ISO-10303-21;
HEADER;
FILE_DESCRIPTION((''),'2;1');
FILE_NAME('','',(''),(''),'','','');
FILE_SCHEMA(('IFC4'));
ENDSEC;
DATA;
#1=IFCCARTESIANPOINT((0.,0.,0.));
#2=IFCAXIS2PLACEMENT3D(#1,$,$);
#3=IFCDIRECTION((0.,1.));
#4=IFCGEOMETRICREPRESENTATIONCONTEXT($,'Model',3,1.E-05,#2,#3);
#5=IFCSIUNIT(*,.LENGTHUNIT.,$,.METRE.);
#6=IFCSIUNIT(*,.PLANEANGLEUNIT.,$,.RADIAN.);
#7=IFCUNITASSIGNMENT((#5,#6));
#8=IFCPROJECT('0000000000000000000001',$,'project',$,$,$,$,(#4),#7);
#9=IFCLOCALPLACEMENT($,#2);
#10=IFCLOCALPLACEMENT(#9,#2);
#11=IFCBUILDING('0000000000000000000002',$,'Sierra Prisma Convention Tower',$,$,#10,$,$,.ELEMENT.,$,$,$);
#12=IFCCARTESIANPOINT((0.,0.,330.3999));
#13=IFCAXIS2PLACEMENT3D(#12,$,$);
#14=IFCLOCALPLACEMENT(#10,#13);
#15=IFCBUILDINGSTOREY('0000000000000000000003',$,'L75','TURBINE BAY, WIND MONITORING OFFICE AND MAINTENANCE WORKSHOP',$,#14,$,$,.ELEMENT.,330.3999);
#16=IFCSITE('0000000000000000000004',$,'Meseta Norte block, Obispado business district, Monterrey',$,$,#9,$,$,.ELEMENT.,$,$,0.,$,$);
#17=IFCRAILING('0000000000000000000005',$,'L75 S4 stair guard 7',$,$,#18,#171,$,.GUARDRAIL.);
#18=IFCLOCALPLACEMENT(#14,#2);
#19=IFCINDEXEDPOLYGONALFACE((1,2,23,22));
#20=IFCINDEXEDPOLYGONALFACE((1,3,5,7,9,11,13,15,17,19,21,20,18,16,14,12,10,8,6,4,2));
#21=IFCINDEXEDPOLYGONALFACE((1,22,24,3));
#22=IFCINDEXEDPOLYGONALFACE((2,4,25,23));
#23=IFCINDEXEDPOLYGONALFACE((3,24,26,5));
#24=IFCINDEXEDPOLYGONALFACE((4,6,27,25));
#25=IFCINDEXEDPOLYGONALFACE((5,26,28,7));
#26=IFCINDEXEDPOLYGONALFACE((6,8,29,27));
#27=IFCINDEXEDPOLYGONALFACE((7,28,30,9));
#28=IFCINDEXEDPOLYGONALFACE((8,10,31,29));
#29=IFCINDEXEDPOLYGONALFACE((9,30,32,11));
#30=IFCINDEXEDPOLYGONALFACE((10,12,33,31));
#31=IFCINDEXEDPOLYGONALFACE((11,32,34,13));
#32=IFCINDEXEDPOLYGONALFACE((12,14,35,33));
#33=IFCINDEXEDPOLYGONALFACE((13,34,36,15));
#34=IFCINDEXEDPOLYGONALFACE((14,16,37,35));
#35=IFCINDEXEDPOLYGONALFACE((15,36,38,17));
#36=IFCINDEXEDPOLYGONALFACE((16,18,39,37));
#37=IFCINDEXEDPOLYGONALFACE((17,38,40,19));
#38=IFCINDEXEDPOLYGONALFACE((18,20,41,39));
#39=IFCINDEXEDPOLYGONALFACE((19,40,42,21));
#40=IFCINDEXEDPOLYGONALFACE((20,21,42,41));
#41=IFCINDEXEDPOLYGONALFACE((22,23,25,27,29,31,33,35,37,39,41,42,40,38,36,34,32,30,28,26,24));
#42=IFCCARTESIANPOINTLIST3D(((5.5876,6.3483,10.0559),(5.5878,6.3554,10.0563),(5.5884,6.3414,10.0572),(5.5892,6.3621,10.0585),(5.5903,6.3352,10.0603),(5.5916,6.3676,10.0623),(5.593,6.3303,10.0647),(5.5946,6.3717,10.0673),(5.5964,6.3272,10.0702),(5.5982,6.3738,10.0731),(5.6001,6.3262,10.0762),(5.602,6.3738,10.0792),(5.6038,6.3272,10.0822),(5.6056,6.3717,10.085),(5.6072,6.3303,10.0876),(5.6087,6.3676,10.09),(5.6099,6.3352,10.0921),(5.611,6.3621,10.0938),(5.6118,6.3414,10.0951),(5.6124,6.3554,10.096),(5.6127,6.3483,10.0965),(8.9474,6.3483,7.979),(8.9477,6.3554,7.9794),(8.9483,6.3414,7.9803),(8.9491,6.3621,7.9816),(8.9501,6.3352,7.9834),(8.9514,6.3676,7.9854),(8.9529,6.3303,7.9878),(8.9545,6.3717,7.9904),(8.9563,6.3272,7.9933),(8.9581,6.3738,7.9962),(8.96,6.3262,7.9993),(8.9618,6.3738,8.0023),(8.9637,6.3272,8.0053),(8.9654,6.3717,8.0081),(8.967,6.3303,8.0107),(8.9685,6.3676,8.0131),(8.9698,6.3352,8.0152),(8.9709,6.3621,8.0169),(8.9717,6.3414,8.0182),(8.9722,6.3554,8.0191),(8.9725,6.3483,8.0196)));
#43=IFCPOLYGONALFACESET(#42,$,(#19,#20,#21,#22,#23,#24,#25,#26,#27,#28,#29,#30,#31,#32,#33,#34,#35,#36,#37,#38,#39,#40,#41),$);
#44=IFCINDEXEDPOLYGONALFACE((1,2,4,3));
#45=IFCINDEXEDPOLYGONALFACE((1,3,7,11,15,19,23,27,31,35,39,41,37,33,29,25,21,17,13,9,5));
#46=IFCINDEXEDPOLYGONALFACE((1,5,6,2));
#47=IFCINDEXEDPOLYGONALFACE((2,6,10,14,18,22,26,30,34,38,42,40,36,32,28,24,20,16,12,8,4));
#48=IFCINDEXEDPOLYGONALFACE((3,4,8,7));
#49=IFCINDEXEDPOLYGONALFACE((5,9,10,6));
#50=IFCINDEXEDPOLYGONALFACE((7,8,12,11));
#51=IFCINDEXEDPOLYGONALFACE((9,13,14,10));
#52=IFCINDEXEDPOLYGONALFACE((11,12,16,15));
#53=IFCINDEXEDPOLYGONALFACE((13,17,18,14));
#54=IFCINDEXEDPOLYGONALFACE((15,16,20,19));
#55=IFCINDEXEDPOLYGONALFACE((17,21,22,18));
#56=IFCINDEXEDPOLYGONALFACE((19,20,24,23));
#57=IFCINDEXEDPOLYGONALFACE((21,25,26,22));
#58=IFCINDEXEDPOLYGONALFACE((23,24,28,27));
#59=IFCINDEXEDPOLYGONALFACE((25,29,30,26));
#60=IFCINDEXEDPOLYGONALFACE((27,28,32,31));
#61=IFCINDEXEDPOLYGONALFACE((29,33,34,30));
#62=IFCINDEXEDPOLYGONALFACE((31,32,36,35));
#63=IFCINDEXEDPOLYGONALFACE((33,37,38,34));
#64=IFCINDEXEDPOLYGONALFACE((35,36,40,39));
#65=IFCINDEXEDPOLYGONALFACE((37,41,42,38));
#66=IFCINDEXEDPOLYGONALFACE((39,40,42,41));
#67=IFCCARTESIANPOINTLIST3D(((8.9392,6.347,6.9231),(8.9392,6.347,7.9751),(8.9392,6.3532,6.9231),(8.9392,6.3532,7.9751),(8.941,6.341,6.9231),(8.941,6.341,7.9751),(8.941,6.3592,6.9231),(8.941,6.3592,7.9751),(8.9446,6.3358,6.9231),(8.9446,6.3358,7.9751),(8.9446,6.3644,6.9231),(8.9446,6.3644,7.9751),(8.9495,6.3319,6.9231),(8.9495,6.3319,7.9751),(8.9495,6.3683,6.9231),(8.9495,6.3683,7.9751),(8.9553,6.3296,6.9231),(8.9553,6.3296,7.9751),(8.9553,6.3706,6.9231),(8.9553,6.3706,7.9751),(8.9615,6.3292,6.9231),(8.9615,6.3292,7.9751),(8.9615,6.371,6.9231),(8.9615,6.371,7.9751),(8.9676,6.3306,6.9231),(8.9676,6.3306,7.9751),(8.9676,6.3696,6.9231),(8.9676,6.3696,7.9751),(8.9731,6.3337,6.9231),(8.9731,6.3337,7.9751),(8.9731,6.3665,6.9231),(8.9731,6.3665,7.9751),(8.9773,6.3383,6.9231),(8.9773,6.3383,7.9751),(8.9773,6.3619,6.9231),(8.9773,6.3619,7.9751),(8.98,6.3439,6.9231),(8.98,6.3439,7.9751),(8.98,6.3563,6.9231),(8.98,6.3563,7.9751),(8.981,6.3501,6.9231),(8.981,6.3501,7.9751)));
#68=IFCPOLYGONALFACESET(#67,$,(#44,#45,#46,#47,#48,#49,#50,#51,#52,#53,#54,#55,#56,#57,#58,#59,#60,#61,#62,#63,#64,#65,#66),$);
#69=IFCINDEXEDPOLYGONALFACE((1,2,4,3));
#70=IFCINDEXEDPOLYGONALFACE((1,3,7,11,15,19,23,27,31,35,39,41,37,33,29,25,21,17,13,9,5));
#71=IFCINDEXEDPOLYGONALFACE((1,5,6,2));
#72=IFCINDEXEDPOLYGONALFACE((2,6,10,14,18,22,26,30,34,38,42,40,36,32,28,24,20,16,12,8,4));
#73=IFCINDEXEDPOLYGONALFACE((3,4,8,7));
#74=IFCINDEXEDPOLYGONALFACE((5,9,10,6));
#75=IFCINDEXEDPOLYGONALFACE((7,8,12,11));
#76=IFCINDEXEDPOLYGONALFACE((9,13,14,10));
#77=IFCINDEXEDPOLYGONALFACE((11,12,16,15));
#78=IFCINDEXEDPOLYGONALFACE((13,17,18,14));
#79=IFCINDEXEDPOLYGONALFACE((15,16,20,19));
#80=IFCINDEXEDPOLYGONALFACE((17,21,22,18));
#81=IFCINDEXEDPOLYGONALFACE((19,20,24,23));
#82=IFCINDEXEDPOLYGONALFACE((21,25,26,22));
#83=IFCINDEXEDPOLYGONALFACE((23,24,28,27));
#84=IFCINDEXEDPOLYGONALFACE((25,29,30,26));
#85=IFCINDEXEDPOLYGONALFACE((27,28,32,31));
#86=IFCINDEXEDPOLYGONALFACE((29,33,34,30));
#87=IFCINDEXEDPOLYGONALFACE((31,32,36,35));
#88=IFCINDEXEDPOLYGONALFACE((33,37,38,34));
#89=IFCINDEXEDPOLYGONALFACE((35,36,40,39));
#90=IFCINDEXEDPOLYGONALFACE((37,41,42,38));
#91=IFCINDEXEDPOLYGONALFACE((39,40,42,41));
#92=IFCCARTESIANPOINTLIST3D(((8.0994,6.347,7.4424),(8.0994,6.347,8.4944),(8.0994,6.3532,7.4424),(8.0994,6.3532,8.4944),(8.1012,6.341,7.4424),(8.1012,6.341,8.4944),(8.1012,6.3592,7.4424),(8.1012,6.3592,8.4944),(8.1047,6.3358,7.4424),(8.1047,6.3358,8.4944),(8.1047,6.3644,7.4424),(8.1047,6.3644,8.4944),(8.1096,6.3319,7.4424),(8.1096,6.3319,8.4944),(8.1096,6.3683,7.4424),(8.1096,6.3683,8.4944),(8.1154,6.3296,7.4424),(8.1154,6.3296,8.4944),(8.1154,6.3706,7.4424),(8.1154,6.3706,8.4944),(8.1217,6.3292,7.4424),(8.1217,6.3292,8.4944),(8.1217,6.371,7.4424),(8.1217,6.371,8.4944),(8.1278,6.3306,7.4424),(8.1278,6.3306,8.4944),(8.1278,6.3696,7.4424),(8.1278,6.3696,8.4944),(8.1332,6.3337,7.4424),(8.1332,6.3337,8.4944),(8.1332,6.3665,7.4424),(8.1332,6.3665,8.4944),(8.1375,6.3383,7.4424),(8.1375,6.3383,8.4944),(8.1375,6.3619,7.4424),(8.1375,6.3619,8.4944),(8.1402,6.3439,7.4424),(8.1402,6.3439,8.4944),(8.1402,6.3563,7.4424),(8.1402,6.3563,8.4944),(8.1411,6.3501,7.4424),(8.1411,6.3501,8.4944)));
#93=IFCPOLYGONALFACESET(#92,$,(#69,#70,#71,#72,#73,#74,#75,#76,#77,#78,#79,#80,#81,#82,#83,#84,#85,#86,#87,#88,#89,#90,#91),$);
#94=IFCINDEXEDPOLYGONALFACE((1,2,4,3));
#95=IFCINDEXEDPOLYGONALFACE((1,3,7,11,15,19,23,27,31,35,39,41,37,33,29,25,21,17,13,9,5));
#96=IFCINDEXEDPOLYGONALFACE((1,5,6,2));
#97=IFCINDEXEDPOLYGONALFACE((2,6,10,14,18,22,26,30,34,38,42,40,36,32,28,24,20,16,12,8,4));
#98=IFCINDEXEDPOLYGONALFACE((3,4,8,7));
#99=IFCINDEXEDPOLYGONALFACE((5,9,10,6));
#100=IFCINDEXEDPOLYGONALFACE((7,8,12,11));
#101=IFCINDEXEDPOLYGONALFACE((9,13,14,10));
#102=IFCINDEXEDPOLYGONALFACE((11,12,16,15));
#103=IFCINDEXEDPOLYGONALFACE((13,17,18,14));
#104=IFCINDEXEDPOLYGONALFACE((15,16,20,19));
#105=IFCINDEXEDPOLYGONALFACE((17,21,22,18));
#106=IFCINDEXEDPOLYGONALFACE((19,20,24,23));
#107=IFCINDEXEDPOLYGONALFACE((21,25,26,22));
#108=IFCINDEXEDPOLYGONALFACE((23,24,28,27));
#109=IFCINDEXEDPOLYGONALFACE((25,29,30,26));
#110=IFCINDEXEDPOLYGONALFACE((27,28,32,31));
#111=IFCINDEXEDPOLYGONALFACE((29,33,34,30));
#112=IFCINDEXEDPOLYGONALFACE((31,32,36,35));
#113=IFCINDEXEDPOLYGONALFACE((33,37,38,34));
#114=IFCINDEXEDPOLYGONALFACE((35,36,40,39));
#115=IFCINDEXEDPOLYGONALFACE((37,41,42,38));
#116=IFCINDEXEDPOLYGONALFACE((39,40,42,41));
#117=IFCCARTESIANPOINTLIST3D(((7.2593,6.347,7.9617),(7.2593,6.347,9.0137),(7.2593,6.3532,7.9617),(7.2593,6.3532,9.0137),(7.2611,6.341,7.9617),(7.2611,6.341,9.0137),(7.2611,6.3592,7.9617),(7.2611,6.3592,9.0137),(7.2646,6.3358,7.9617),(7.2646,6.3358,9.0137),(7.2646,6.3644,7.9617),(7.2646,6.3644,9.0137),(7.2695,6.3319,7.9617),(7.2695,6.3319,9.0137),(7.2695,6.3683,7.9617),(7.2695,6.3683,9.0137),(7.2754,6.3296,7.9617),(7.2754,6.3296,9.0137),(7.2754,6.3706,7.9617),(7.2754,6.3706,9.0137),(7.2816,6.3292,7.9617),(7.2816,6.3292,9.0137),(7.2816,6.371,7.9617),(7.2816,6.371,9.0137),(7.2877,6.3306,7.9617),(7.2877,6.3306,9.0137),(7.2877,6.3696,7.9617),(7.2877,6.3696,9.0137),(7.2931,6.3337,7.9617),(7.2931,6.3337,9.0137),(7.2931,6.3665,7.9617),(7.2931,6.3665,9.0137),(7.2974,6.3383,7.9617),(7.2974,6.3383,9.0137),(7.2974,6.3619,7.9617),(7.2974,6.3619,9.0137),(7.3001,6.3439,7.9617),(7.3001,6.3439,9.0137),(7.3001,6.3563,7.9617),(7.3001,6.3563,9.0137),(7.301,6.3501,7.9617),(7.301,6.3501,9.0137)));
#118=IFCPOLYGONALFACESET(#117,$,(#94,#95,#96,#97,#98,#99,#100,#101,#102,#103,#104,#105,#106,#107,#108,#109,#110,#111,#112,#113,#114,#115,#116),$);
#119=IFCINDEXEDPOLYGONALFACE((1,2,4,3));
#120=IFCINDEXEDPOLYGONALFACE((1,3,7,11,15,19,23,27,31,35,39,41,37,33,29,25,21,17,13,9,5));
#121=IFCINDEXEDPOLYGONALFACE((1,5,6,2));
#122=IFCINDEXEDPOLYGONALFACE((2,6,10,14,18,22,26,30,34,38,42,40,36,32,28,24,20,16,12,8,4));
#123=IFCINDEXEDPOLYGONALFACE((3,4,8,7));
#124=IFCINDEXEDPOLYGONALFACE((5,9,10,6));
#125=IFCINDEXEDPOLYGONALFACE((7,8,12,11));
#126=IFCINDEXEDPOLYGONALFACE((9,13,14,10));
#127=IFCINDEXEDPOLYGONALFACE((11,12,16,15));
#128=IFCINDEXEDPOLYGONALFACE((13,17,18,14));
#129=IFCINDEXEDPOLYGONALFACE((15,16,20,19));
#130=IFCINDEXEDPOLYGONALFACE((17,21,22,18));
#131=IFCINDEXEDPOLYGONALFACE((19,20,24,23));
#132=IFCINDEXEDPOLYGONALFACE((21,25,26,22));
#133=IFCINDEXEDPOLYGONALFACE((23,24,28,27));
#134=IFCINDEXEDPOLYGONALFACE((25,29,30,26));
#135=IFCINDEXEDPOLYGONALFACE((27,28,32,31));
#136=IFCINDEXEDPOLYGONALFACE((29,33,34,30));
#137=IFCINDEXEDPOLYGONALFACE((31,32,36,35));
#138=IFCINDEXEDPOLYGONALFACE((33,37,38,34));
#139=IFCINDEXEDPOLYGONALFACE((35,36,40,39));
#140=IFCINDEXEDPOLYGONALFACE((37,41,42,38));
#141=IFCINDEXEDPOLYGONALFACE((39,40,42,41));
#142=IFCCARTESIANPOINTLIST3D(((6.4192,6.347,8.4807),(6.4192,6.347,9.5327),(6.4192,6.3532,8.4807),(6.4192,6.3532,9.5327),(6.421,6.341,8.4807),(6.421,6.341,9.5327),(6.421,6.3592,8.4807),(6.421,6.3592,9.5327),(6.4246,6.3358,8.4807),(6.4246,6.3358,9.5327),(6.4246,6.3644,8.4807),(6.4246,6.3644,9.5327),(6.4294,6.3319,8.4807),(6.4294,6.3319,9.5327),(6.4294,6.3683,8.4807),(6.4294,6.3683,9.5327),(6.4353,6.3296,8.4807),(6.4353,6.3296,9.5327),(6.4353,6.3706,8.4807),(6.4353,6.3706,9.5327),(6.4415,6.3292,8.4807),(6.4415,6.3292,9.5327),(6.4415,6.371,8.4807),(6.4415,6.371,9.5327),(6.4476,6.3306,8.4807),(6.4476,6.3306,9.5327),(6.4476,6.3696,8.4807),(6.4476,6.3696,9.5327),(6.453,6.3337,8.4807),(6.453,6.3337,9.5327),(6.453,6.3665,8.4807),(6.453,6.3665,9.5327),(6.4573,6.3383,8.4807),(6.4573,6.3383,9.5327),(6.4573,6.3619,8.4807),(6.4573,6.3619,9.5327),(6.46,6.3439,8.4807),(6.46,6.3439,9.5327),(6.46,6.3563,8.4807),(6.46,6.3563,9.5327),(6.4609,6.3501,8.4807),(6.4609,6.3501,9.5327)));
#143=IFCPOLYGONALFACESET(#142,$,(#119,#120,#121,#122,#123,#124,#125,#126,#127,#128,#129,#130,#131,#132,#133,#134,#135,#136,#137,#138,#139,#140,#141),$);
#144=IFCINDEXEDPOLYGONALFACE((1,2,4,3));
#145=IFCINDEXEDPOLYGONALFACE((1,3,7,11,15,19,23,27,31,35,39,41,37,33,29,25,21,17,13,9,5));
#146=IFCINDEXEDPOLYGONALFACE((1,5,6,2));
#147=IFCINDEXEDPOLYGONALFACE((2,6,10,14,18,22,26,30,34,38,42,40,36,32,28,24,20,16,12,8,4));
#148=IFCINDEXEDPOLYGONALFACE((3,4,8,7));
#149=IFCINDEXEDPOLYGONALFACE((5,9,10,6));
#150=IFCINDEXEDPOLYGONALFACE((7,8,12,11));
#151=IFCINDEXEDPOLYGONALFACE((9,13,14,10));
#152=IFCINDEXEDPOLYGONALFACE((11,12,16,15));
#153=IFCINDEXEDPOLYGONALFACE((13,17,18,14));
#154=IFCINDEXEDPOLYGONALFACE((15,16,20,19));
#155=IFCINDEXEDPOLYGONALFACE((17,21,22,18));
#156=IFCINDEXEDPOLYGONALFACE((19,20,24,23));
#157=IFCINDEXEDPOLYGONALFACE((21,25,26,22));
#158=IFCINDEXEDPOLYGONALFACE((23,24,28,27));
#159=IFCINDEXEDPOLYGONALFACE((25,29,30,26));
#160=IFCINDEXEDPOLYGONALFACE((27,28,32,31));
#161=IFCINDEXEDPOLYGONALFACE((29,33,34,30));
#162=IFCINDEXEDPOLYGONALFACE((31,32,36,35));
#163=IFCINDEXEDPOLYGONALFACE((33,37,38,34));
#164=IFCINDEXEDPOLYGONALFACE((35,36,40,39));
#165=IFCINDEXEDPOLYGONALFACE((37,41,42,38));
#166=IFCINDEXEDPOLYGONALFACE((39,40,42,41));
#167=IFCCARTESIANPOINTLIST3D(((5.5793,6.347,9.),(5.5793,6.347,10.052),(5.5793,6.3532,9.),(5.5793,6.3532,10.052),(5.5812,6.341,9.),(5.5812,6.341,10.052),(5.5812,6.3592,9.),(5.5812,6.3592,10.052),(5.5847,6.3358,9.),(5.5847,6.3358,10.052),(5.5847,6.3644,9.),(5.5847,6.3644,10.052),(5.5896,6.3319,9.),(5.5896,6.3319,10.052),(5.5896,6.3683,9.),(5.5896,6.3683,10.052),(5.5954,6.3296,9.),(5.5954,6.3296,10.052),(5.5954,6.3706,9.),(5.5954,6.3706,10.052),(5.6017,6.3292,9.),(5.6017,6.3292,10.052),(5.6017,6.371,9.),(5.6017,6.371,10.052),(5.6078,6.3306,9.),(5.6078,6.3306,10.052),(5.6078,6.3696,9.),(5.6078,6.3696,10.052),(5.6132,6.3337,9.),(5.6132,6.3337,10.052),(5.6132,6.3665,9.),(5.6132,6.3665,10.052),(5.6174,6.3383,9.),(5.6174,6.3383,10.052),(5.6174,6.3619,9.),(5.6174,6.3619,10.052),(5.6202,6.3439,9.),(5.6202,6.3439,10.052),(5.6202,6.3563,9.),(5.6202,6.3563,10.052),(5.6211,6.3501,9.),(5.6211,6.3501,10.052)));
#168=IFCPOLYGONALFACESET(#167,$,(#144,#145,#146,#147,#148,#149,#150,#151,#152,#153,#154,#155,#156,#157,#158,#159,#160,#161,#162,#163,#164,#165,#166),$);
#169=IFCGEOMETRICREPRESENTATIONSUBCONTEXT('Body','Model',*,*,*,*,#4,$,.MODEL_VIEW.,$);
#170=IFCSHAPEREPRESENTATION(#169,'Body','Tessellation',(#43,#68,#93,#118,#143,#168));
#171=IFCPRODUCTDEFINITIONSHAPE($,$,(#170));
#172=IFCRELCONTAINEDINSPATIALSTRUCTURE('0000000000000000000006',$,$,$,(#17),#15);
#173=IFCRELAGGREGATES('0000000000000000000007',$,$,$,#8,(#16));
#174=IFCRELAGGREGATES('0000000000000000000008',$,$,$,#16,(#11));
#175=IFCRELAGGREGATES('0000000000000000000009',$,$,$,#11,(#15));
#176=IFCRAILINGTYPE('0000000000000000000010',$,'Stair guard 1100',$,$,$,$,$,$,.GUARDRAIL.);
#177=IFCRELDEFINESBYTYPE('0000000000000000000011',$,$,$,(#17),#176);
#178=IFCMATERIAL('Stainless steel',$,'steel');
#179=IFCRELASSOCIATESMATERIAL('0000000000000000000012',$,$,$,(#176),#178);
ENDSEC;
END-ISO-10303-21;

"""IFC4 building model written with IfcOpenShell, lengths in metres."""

from ifc_helpers import new_model, si_unit, direction, frame, origin, origin_2d, place, context, subcontext, project, spatial, circle, extrude, material, type_object, element, save


model = new_model("IFC4")

# Units and contexts
model_context = context("Model", 3, precision=1e-05, world=origin(), true_north=direction((0.0, 1.0)))
body_context = subcontext(model_context, "Body", "Model", "MODEL_VIEW")
ifc_project = project(units=[si_unit("LENGTHUNIT", "METRE"), si_unit("PLANEANGLEUNIT", "RADIAN")], contexts=[model_context])

# Site, building, storey
site_placement = place(None, origin())
site = spatial("IfcSite", under=ifc_project, at=site_placement, Name="Meseta Norte block, Obispado business district, Monterrey", CompositionType="ELEMENT", RefElevation=0.0)
building_placement = place(site_placement, origin())
building = spatial("IfcBuilding", under=site, at=building_placement, Name="Sierra Prisma Convention Tower", CompositionType="ELEMENT")
storey_placement = place(building_placement, frame((0.0, 0.0, 330.3999)))
storey = spatial("IfcBuildingStorey", under=building, at=storey_placement, Name="L75", Description="TURBINE BAY, WIND MONITORING OFFICE AND MAINTENANCE WORKSHOP", CompositionType="ELEMENT", Elevation=330.3999)

# Railing
ifc_material_1 = material(Name="Stainless steel", Category="steel")
railing_type_1 = type_object("IfcRailingType", Name="Stair guard 1100", PredefinedType="GUARDRAIL", material=ifc_material_1)
for number, where, name in (
    (1, (8.96, 6.3501, 6.9231), "L75 S4 stair guard 7"),
):
    element("IfcRailing", number, at=place(storey_placement, frame(where)), inside=storey, type_object=railing_type_1, Name=name, PredefinedType="GUARDRAIL", context=body_context, shape_type="SweptSolid", body=[
        extrude(circle(Radius=0.0239, at=origin_2d()), frame((0.0, 0.0, 1.0762), z_axis=(-0.850606, 0.0, 0.525803), x_axis=(0.0, -1.0, 0.0)), (0.0, 0.0, 1.0), 3.95),
        extrude(circle(Radius=0.021, at=origin_2d()), origin(), (0.0, 0.0, 1.0), 1.052),
        extrude(circle(Radius=0.021, at=origin_2d()), frame((-0.8398, 0.0, 0.5193)), (0.0, 0.0, 1.0), 1.052),
        extrude(circle(Radius=0.021, at=origin_2d()), frame((-1.6799, 0.0, 1.0386)), (0.0, 0.0, 1.0), 1.052),
        extrude(circle(Radius=0.021, at=origin_2d()), frame((-2.52, 0.0, 1.5576)), (0.0, 0.0, 1.0), 1.052),
        extrude(circle(Radius=0.021, at=origin_2d()), frame((-3.3599, 0.0, 2.0769)), (0.0, 0.0, 1.0), 1.052),
    ])

save(model, "model.ifc")
